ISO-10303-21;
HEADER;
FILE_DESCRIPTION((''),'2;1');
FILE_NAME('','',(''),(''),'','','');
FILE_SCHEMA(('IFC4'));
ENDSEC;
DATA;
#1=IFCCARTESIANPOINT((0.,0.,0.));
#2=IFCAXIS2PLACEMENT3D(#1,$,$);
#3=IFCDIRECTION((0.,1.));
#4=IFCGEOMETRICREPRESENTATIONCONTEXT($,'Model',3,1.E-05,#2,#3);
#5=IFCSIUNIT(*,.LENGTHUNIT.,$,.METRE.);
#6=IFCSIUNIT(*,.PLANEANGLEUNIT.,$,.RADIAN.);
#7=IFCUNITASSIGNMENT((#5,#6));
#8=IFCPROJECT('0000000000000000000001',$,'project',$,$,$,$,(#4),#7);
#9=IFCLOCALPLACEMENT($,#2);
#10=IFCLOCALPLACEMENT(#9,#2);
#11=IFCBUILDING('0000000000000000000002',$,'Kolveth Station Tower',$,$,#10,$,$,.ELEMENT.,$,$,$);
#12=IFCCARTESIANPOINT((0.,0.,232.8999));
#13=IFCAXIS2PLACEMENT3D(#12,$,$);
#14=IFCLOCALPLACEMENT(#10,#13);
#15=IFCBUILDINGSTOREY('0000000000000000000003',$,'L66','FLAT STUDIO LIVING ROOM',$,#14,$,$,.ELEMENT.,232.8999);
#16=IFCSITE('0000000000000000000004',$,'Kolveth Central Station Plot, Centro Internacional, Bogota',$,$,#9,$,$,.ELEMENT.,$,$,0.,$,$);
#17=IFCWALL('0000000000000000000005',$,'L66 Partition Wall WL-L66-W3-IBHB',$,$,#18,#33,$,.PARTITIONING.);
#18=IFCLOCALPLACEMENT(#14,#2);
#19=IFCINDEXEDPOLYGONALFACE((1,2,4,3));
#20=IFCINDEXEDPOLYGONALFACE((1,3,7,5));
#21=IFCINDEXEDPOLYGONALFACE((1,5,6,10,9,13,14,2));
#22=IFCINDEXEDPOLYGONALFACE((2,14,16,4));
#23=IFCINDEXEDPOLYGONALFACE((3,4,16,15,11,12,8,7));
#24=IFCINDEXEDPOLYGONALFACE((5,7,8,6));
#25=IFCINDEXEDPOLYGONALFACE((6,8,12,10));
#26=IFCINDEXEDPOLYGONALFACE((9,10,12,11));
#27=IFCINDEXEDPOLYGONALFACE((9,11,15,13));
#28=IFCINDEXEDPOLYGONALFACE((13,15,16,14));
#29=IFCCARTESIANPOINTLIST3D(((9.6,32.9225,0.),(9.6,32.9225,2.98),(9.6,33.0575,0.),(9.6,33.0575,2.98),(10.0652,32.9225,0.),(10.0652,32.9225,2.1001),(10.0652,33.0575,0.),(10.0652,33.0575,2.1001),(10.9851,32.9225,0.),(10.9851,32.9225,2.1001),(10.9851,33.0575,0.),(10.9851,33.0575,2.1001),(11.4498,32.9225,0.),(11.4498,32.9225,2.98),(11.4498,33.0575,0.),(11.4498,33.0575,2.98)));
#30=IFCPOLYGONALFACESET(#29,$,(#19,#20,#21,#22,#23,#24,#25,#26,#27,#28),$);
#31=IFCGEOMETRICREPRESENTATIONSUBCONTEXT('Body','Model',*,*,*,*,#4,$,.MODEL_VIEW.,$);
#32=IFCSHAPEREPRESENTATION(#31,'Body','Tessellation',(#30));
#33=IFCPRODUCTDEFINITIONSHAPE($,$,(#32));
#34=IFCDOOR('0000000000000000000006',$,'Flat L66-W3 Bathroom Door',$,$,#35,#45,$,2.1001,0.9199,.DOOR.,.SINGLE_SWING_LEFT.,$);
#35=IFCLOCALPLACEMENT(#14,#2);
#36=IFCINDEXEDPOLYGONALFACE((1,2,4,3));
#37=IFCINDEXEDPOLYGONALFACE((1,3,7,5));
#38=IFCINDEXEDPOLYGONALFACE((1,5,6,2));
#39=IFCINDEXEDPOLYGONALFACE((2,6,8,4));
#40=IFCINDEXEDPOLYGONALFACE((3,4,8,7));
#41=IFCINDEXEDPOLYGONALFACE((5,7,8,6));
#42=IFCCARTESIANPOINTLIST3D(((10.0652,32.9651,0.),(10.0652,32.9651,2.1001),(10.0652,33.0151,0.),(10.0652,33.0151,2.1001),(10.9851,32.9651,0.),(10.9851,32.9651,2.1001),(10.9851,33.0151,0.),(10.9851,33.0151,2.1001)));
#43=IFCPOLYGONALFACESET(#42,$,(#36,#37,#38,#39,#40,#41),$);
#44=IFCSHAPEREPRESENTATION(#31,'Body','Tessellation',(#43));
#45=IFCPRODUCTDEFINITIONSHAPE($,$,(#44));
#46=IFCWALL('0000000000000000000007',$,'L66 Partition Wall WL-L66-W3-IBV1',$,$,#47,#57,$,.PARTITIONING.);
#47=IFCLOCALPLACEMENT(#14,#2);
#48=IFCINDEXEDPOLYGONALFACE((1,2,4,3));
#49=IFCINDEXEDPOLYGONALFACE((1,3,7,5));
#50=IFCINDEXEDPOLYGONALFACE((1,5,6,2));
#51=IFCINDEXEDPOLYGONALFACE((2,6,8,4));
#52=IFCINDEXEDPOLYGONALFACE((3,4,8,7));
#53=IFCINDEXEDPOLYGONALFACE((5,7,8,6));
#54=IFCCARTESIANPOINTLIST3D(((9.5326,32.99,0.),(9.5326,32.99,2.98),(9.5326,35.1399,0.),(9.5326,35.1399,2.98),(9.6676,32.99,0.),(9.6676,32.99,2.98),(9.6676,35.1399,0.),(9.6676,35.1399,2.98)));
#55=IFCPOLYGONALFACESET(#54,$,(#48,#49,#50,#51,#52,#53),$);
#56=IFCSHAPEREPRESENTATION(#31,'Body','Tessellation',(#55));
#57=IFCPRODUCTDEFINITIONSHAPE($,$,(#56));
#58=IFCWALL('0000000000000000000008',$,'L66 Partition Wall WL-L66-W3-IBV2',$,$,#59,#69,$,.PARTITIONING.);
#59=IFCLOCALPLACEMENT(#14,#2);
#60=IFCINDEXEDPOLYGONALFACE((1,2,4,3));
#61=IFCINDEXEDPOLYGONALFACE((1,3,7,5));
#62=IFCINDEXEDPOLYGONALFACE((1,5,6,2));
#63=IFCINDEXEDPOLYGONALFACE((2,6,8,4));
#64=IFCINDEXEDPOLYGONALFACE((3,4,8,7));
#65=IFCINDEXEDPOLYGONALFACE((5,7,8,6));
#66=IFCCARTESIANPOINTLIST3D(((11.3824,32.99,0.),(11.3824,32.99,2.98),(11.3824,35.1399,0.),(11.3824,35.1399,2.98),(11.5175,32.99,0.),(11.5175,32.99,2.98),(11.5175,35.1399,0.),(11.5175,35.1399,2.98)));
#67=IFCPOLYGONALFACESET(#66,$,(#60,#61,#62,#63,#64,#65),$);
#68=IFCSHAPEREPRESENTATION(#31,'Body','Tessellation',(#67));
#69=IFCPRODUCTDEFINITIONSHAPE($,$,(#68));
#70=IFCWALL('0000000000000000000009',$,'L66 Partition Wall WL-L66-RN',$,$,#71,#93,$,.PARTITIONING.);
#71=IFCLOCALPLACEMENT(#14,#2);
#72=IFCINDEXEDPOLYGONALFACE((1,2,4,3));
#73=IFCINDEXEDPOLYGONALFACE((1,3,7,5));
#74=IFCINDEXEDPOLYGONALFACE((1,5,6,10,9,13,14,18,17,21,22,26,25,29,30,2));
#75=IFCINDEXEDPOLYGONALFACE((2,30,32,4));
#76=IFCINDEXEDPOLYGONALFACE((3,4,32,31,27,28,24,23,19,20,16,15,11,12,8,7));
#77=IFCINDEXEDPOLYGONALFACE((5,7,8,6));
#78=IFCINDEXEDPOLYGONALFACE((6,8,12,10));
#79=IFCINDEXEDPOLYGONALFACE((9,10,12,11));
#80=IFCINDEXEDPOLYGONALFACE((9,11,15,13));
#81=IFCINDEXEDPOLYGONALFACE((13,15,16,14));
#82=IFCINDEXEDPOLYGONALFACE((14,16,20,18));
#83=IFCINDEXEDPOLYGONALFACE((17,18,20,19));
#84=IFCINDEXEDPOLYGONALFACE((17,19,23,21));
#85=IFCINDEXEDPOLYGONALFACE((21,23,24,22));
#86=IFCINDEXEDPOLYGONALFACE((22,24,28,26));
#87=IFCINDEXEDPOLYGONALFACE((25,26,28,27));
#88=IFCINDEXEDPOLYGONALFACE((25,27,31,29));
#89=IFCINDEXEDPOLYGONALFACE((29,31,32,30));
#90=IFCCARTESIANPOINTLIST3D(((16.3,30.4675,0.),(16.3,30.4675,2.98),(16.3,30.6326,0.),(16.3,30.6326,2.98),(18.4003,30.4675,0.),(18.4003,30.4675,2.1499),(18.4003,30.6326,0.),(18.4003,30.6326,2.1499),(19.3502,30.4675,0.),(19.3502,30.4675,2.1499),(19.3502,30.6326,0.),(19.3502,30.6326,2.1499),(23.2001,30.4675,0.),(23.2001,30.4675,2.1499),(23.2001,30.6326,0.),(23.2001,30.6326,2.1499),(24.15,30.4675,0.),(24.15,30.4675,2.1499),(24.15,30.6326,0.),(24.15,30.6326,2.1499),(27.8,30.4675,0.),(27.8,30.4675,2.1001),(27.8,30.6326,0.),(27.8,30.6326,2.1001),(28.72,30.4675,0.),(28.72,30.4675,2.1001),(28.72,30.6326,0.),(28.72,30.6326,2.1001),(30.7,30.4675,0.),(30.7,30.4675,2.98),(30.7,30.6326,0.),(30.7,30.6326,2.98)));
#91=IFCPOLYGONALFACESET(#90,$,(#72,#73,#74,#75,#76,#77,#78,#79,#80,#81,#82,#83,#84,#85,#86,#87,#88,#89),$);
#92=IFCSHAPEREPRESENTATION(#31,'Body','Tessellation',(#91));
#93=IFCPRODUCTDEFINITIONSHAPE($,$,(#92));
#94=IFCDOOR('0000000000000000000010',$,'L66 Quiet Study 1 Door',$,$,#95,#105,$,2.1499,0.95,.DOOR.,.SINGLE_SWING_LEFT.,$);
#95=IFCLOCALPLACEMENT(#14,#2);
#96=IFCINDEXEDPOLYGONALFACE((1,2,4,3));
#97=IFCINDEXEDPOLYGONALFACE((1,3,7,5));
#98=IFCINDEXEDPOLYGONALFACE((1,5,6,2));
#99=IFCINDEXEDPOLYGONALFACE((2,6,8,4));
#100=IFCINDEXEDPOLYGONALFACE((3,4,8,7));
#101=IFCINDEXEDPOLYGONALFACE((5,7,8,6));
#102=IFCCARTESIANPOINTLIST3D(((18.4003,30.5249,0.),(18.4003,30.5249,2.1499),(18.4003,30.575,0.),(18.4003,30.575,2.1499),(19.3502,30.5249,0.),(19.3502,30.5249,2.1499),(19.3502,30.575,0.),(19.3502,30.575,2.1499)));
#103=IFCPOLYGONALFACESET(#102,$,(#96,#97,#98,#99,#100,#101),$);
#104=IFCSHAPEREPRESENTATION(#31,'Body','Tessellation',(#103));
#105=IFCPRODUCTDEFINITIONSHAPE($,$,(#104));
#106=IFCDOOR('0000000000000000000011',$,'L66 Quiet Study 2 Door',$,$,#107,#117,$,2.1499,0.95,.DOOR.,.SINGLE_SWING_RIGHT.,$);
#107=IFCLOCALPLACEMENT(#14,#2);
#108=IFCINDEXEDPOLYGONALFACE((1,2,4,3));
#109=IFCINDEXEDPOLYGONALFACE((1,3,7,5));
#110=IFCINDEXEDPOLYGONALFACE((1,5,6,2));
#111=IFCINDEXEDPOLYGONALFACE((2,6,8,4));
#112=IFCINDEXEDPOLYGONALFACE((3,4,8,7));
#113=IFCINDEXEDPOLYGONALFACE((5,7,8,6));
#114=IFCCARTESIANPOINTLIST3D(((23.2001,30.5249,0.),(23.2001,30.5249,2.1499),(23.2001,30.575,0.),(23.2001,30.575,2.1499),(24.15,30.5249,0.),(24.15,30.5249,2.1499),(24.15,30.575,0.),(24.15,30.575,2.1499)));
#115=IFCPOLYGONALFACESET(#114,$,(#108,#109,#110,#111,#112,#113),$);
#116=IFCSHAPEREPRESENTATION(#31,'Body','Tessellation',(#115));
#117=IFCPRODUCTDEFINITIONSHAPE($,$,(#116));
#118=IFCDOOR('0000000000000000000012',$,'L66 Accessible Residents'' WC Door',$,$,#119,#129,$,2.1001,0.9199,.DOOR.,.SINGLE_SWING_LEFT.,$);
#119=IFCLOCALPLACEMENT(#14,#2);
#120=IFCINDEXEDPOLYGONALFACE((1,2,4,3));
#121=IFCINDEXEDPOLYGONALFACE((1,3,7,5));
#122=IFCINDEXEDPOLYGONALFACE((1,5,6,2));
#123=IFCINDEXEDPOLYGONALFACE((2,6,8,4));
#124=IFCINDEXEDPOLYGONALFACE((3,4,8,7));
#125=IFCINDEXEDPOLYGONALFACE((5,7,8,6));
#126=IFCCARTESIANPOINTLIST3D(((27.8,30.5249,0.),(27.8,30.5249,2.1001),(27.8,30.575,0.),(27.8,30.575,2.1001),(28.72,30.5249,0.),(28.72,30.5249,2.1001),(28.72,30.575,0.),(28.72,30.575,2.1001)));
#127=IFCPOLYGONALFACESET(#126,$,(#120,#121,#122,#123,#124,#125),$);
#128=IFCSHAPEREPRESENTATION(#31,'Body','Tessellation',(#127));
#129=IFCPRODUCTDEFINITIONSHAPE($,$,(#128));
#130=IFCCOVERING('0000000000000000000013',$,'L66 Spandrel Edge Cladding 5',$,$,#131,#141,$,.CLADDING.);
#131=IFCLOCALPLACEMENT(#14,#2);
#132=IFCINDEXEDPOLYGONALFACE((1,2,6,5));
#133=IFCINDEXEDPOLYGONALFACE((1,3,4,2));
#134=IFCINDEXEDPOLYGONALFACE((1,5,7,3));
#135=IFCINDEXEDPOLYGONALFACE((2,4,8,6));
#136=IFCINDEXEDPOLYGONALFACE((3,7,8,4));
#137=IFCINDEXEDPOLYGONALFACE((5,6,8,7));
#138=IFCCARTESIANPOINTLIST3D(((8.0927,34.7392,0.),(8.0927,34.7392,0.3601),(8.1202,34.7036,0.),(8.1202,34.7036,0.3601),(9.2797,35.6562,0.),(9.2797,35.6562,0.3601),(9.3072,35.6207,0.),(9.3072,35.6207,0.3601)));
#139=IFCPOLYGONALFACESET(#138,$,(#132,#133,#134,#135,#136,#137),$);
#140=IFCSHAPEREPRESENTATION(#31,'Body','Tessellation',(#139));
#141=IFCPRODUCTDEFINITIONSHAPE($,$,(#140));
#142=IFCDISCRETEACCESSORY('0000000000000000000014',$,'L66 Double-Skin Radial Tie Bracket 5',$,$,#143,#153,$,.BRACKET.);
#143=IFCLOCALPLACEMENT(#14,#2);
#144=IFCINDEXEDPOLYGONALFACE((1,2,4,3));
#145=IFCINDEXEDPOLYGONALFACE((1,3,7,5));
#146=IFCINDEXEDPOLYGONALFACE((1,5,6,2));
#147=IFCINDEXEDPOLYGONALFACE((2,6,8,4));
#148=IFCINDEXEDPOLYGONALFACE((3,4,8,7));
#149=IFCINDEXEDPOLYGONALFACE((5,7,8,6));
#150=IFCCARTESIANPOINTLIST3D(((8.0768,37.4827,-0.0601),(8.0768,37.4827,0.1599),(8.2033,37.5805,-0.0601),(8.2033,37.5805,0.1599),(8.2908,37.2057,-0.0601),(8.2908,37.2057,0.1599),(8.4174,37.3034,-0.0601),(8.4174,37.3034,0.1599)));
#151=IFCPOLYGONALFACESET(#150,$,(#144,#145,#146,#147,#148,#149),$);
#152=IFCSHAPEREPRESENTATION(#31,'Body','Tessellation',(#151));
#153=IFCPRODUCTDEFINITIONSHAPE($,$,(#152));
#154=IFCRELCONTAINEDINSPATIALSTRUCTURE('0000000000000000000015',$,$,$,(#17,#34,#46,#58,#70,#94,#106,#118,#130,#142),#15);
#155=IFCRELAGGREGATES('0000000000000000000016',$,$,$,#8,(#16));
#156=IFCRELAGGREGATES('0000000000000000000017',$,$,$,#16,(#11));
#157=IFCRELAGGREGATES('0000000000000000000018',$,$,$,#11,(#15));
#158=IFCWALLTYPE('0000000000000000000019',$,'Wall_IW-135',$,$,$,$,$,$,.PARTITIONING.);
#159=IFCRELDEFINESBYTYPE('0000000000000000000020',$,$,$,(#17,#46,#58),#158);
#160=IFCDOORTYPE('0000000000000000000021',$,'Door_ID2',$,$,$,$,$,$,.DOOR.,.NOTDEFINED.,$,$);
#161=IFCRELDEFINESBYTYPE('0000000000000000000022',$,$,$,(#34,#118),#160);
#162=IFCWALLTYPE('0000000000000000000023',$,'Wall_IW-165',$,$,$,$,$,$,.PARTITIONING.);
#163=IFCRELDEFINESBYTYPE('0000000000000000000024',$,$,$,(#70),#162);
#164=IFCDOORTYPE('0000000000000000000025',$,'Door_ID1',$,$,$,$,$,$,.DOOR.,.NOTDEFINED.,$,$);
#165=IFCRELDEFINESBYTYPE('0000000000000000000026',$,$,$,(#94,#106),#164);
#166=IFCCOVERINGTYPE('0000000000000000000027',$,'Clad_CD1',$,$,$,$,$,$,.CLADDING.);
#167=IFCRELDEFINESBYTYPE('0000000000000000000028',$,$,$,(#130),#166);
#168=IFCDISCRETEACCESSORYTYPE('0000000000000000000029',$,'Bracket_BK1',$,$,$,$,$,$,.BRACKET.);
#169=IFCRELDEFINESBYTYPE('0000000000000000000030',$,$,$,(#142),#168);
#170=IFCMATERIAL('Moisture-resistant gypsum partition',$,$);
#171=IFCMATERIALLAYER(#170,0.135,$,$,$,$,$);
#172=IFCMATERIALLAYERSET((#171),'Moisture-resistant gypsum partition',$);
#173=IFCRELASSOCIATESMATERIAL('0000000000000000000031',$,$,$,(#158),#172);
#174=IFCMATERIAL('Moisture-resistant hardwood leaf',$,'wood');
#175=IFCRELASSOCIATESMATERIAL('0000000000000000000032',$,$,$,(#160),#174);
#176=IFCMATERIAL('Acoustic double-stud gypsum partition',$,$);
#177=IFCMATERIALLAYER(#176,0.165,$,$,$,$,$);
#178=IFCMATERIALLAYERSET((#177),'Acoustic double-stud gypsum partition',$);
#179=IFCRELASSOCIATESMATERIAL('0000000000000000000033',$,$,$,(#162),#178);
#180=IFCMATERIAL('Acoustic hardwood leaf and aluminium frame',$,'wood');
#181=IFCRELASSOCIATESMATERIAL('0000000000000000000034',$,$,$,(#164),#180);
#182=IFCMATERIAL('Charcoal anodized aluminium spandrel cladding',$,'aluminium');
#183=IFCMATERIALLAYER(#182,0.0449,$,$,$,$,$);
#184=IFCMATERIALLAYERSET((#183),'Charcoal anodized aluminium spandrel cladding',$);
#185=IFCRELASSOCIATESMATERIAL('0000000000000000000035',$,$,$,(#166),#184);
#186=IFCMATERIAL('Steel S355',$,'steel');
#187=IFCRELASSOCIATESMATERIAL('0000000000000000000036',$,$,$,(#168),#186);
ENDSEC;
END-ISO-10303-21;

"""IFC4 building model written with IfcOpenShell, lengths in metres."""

from ifc_helpers import new_model, si_unit, direction, frame, frame_2d, origin, origin_2d, place, context, subcontext, project, spatial, rectangle, extrude, source, transform, mapped, material, layer, layer_set, type_object, element, fill, save


model = new_model("IFC4")

# Units and contexts
model_context = context("Model", 3, precision=1e-05, world=origin(), true_north=direction((0.0, 1.0)))
body_context = subcontext(model_context, "Body", "Model", "MODEL_VIEW")
ifc_project = project(units=[si_unit("LENGTHUNIT", "METRE"), si_unit("PLANEANGLEUNIT", "RADIAN")], contexts=[model_context])

# Site, building, storey
site_placement = place(None, origin())
site = spatial("IfcSite", under=ifc_project, at=site_placement, Name="Kolveth Central Station Plot, Centro Internacional, Bogota", CompositionType="ELEMENT", RefElevation=0.0)
building_placement = place(site_placement, origin())
building = spatial("IfcBuilding", under=site, at=building_placement, Name="Kolveth Station Tower", CompositionType="ELEMENT")
storey_placement = place(building_placement, frame((0.0, 0.0, 232.8999)))
storey = spatial("IfcBuildingStorey", under=building, at=storey_placement, Name="L66", Description="FLAT STUDIO LIVING ROOM", CompositionType="ELEMENT", Elevation=232.8999)

# Shared definitions
ifc_material_1 = material(Name="Steel S355", Category="steel")

# Wall, opening, door
ifc_material_2 = material(Name="Moisture-resistant gypsum partition")
ifc_layer_1 = layer(ifc_material_2, 0.135)
ifc_layer_set_1 = layer_set([ifc_layer_1], Name="Moisture-resistant gypsum partition")
wall_type_1 = type_object("IfcWallType", Name="Wall_IW-135", PredefinedType="PARTITIONING", material=ifc_layer_set_1)
wall_1_placement = place(storey_placement, frame((9.6001, 32.99, 0.0), z_axis=(0.0, 0.0, 1.0), x_axis=(1.0, 0.0, 0.0)))
wall_1 = element("IfcWall", 1, at=wall_1_placement, inside=storey, type_object=wall_type_1, Name="L66 Partition Wall WL-L66-W3-IBHB", PredefinedType="PARTITIONING", context=body_context, shape_type="SweptSolid", body=[
    extrude(rectangle(XDim=1.8499, YDim=0.135, at=frame_2d((0.9248, 0.0))), origin(), (0.0, 0.0, 1.0), 2.98),
])
opening_1_placement = place(wall_1_placement, frame((0.4651, 0.0, 0.0)))
opening_1 = element("IfcOpeningElement", 2, at=opening_1_placement, cuts=wall_1, PredefinedType="OPENING", context=body_context, shape_type="SweptSolid", body=[
    extrude(rectangle(XDim=0.9199, YDim=2.1001, at=frame_2d((0.46, 1.05))), frame((0.0, 0.0774, 0.0), z_axis=(0.0, -1.0, 0.0), x_axis=(1.0, 0.0, 0.0)), (0.0, 0.0, 1.0), 0.155),
])
ifc_material_3 = material(Name="Moisture-resistant hardwood leaf", Category="wood")
door_type_1 = type_object("IfcDoorType", Name="Door_ID2", OperationType="NOTDEFINED", PredefinedType="DOOR", material=ifc_material_3)
door_1_placement = place(opening_1_placement, frame((0.9199, 0.0, 0.0), z_axis=(0.0, 0.0, 1.0), x_axis=(-1.0, 0.0, 0.0)))
door_1 = element("IfcDoor", 3, at=door_1_placement, inside=storey, type_object=door_type_1, Name="Flat L66-W3 Bathroom Door", OperationType="SINGLE_SWING_LEFT", OverallHeight=2.1001, OverallWidth=0.9199, PredefinedType="DOOR", context=body_context, shape_type="SweptSolid", body=[
    extrude(rectangle(XDim=0.9199, YDim=2.1001, at=frame_2d((0.46, 1.05))), frame((0.0, 0.0249, 0.0), z_axis=(0.0, -1.0, 0.0), x_axis=(1.0, 0.0, 0.0)), (0.0, 0.0, 1.0), 0.05),
])
fill(opening_1, door_1)

# Walls
for number, where, z_axis, x_axis, name in (
    (4, (9.6001, 32.99, 0.0), (0.0, 0.0, 1.0), (0.0, 1.0, 0.0), "L66 Partition Wall WL-L66-W3-IBV1"),
    (5, (11.45, 32.99, 0.0), (0.0, 0.0, 1.0), (0.0, 1.0, 0.0), "L66 Partition Wall WL-L66-W3-IBV2"),
):
    element("IfcWall", number, at=place(storey_placement, frame(where, z_axis=z_axis, x_axis=x_axis)), inside=storey, type_object=wall_type_1, Name=name, PredefinedType="PARTITIONING", context=body_context, shape_type="SweptSolid", body=[
        extrude(rectangle(XDim=2.1499, YDim=0.135, at=frame_2d((1.075, 0.0))), origin(), (0.0, 0.0, 1.0), 2.98),
    ])

# Wall, openings, doors
ifc_material_4 = material(Name="Acoustic double-stud gypsum partition")
ifc_layer_2 = layer(ifc_material_4, 0.165)
ifc_layer_set_2 = layer_set([ifc_layer_2], Name="Acoustic double-stud gypsum partition")
wall_type_2 = type_object("IfcWallType", Name="Wall_IW-165", PredefinedType="PARTITIONING", material=ifc_layer_set_2)
wall_2_placement = place(storey_placement, frame((16.3, 30.55, 0.0), z_axis=(0.0, 0.0, 1.0), x_axis=(1.0, 0.0, 0.0)))
wall_2 = element("IfcWall", 6, at=wall_2_placement, inside=storey, type_object=wall_type_2, Name="L66 Partition Wall WL-L66-RN", PredefinedType="PARTITIONING", context=body_context, shape_type="SweptSolid", body=[
    extrude(rectangle(XDim=14.3999, YDim=0.165, at=frame_2d((7.2, 0.0))), origin(), (0.0, 0.0, 1.0), 2.98),
])
opening_2_placement = place(wall_2_placement, frame((2.1001, 0.0, 0.0)))
opening_2 = element("IfcOpeningElement", 7, at=opening_2_placement, cuts=wall_2, PredefinedType="OPENING", context=body_context, shape_type="SweptSolid", body=[
    extrude(rectangle(XDim=0.95, YDim=2.1499, at=frame_2d((0.4751, 1.075))), frame((0.0, 0.0925, 0.0), z_axis=(0.0, -1.0, 0.0), x_axis=(1.0, 0.0, 0.0)), (0.0, 0.0, 1.0), 0.1851),
])
opening_3_placement = place(wall_2_placement, frame((6.8999, 0.0, 0.0)))
opening_3 = element("IfcOpeningElement", 8, at=opening_3_placement, cuts=wall_2, PredefinedType="OPENING", context=body_context, shape_type="SweptSolid", body=[
    extrude(rectangle(XDim=0.95, YDim=2.1499, at=frame_2d((0.4751, 1.075))), frame((0.0, 0.0925, 0.0), z_axis=(0.0, -1.0, 0.0), x_axis=(1.0, 0.0, 0.0)), (0.0, 0.0, 1.0), 0.1851),
])
opening_4_placement = place(wall_2_placement, frame((11.5, 0.0, 0.0)))
opening_4 = element("IfcOpeningElement", 9, at=opening_4_placement, cuts=wall_2, PredefinedType="OPENING", context=body_context, shape_type="SweptSolid", body=[
    extrude(rectangle(XDim=0.9199, YDim=2.1001, at=frame_2d((0.46, 1.05))), frame((0.0, 0.0925, 0.0), z_axis=(0.0, -1.0, 0.0), x_axis=(1.0, 0.0, 0.0)), (0.0, 0.0, 1.0), 0.1851),
])
ifc_material_5 = material(Name="Acoustic hardwood leaf and aluminium frame", Category="wood")
door_type_2 = type_object("IfcDoorType", Name="Door_ID1", OperationType="NOTDEFINED", PredefinedType="DOOR", material=ifc_material_5)
door_2_placement = place(opening_2_placement, origin())
door_2 = element("IfcDoor", 10, at=door_2_placement, inside=storey, type_object=door_type_2, Name="L66 Quiet Study 1 Door", OperationType="SINGLE_SWING_LEFT", OverallHeight=2.1499, OverallWidth=0.95, PredefinedType="DOOR", context=body_context, shape_type="SweptSolid", body=[
    extrude(rectangle(XDim=0.95, YDim=2.1499, at=frame_2d((0.4751, 1.075))), frame((0.0, 0.0249, 0.0), z_axis=(0.0, -1.0, 0.0), x_axis=(1.0, 0.0, 0.0)), (0.0, 0.0, 1.0), 0.05),
])
fill(opening_2, door_2)
door_3_placement = place(opening_3_placement, origin())
door_3 = element("IfcDoor", 11, at=door_3_placement, inside=storey, type_object=door_type_2, Name="L66 Quiet Study 2 Door", OperationType="SINGLE_SWING_RIGHT", OverallHeight=2.1499, OverallWidth=0.95, PredefinedType="DOOR", context=body_context, shape_type="SweptSolid", body=[
    extrude(rectangle(XDim=0.95, YDim=2.1499, at=frame_2d((0.4751, 1.075))), frame((0.0, 0.0249, 0.0), z_axis=(0.0, -1.0, 0.0), x_axis=(1.0, 0.0, 0.0)), (0.0, 0.0, 1.0), 0.05),
])
fill(opening_3, door_3)
door_4_placement = place(opening_4_placement, origin())
door_4 = element("IfcDoor", 12, at=door_4_placement, inside=storey, type_object=door_type_1, Name="L66 Accessible Residents' WC Door", OperationType="SINGLE_SWING_LEFT", OverallHeight=2.1001, OverallWidth=0.9199, PredefinedType="DOOR", context=body_context, shape_type="SweptSolid", body=[
    extrude(rectangle(XDim=0.9199, YDim=2.1001, at=frame_2d((0.46, 1.05))), frame((0.0, 0.0249, 0.0), z_axis=(0.0, -1.0, 0.0), x_axis=(1.0, 0.0, 0.0)), (0.0, 0.0, 1.0), 0.05),
])
fill(opening_4, door_4)

# Covering
ifc_material_6 = material(Name="Charcoal anodized aluminium spandrel cladding", Category="aluminium")
ifc_layer_3 = layer(ifc_material_6, 0.0449)
ifc_layer_set_3 = layer_set([ifc_layer_3], Name="Charcoal anodized aluminium spandrel cladding")
covering_type = type_object("IfcCoveringType", Name="Clad_CD1", PredefinedType="CLADDING", material=ifc_layer_set_3)
shared_shape_1 = source(origin(), body_context, "Body", "SweptSolid", [
    extrude(rectangle(XDim=1.5, YDim=0.0449, at=origin_2d()), origin(), (0.0, 0.0, 1.0), 0.3601),
])
covering_placement = place(storey_placement, frame((8.7, 35.1799, 0.0), z_axis=(0.0, 0.0, 1.0), x_axis=(-0.79133, -0.611389, 0.0)))
element("IfcCovering", 13, at=covering_placement, inside=storey, type_object=covering_type, Name="L66 Spandrel Edge Cladding 5", PredefinedType="CLADDING", context=body_context, shape_type="MappedRepresentation", body=[
    mapped(shared_shape_1, transform((0.0, 0.0, 0.0), x_axis=(1.0, 0.0, 0.0), y_axis=(0.0, 1.0, 0.0), z_axis=(0.0, 0.0, 1.0), scale=1.0)),
])

# Discrete accessory
discrete_accessory_type = type_object("IfcDiscreteAccessoryType", Name="Bracket_BK1", PredefinedType="BRACKET", material=ifc_material_1)
shared_shape_2 = source(origin(), body_context, "Body", "SweptSolid", [
    extrude(rectangle(XDim=0.3501, YDim=0.1599, at=origin_2d()), origin(), (0.0, 0.0, 1.0), 0.22),
])
discrete_accessory_placement = place(storey_placement, frame((8.2471, 37.3931, -0.0601), z_axis=(0.0, 0.0, 1.0), x_axis=(-0.611389, 0.79133, 0.0)))
element("IfcDiscreteAccessory", 14, at=discrete_accessory_placement, inside=storey, type_object=discrete_accessory_type, Name="L66 Double-Skin Radial Tie Bracket 5", PredefinedType="BRACKET", context=body_context, shape_type="MappedRepresentation", body=[
    mapped(shared_shape_2, transform((0.0, 0.0, 0.0), x_axis=(1.0, 0.0, 0.0), y_axis=(0.0, 1.0, 0.0), z_axis=(0.0, 0.0, 1.0), scale=1.0)),
])

save(model, "model.ifc")
